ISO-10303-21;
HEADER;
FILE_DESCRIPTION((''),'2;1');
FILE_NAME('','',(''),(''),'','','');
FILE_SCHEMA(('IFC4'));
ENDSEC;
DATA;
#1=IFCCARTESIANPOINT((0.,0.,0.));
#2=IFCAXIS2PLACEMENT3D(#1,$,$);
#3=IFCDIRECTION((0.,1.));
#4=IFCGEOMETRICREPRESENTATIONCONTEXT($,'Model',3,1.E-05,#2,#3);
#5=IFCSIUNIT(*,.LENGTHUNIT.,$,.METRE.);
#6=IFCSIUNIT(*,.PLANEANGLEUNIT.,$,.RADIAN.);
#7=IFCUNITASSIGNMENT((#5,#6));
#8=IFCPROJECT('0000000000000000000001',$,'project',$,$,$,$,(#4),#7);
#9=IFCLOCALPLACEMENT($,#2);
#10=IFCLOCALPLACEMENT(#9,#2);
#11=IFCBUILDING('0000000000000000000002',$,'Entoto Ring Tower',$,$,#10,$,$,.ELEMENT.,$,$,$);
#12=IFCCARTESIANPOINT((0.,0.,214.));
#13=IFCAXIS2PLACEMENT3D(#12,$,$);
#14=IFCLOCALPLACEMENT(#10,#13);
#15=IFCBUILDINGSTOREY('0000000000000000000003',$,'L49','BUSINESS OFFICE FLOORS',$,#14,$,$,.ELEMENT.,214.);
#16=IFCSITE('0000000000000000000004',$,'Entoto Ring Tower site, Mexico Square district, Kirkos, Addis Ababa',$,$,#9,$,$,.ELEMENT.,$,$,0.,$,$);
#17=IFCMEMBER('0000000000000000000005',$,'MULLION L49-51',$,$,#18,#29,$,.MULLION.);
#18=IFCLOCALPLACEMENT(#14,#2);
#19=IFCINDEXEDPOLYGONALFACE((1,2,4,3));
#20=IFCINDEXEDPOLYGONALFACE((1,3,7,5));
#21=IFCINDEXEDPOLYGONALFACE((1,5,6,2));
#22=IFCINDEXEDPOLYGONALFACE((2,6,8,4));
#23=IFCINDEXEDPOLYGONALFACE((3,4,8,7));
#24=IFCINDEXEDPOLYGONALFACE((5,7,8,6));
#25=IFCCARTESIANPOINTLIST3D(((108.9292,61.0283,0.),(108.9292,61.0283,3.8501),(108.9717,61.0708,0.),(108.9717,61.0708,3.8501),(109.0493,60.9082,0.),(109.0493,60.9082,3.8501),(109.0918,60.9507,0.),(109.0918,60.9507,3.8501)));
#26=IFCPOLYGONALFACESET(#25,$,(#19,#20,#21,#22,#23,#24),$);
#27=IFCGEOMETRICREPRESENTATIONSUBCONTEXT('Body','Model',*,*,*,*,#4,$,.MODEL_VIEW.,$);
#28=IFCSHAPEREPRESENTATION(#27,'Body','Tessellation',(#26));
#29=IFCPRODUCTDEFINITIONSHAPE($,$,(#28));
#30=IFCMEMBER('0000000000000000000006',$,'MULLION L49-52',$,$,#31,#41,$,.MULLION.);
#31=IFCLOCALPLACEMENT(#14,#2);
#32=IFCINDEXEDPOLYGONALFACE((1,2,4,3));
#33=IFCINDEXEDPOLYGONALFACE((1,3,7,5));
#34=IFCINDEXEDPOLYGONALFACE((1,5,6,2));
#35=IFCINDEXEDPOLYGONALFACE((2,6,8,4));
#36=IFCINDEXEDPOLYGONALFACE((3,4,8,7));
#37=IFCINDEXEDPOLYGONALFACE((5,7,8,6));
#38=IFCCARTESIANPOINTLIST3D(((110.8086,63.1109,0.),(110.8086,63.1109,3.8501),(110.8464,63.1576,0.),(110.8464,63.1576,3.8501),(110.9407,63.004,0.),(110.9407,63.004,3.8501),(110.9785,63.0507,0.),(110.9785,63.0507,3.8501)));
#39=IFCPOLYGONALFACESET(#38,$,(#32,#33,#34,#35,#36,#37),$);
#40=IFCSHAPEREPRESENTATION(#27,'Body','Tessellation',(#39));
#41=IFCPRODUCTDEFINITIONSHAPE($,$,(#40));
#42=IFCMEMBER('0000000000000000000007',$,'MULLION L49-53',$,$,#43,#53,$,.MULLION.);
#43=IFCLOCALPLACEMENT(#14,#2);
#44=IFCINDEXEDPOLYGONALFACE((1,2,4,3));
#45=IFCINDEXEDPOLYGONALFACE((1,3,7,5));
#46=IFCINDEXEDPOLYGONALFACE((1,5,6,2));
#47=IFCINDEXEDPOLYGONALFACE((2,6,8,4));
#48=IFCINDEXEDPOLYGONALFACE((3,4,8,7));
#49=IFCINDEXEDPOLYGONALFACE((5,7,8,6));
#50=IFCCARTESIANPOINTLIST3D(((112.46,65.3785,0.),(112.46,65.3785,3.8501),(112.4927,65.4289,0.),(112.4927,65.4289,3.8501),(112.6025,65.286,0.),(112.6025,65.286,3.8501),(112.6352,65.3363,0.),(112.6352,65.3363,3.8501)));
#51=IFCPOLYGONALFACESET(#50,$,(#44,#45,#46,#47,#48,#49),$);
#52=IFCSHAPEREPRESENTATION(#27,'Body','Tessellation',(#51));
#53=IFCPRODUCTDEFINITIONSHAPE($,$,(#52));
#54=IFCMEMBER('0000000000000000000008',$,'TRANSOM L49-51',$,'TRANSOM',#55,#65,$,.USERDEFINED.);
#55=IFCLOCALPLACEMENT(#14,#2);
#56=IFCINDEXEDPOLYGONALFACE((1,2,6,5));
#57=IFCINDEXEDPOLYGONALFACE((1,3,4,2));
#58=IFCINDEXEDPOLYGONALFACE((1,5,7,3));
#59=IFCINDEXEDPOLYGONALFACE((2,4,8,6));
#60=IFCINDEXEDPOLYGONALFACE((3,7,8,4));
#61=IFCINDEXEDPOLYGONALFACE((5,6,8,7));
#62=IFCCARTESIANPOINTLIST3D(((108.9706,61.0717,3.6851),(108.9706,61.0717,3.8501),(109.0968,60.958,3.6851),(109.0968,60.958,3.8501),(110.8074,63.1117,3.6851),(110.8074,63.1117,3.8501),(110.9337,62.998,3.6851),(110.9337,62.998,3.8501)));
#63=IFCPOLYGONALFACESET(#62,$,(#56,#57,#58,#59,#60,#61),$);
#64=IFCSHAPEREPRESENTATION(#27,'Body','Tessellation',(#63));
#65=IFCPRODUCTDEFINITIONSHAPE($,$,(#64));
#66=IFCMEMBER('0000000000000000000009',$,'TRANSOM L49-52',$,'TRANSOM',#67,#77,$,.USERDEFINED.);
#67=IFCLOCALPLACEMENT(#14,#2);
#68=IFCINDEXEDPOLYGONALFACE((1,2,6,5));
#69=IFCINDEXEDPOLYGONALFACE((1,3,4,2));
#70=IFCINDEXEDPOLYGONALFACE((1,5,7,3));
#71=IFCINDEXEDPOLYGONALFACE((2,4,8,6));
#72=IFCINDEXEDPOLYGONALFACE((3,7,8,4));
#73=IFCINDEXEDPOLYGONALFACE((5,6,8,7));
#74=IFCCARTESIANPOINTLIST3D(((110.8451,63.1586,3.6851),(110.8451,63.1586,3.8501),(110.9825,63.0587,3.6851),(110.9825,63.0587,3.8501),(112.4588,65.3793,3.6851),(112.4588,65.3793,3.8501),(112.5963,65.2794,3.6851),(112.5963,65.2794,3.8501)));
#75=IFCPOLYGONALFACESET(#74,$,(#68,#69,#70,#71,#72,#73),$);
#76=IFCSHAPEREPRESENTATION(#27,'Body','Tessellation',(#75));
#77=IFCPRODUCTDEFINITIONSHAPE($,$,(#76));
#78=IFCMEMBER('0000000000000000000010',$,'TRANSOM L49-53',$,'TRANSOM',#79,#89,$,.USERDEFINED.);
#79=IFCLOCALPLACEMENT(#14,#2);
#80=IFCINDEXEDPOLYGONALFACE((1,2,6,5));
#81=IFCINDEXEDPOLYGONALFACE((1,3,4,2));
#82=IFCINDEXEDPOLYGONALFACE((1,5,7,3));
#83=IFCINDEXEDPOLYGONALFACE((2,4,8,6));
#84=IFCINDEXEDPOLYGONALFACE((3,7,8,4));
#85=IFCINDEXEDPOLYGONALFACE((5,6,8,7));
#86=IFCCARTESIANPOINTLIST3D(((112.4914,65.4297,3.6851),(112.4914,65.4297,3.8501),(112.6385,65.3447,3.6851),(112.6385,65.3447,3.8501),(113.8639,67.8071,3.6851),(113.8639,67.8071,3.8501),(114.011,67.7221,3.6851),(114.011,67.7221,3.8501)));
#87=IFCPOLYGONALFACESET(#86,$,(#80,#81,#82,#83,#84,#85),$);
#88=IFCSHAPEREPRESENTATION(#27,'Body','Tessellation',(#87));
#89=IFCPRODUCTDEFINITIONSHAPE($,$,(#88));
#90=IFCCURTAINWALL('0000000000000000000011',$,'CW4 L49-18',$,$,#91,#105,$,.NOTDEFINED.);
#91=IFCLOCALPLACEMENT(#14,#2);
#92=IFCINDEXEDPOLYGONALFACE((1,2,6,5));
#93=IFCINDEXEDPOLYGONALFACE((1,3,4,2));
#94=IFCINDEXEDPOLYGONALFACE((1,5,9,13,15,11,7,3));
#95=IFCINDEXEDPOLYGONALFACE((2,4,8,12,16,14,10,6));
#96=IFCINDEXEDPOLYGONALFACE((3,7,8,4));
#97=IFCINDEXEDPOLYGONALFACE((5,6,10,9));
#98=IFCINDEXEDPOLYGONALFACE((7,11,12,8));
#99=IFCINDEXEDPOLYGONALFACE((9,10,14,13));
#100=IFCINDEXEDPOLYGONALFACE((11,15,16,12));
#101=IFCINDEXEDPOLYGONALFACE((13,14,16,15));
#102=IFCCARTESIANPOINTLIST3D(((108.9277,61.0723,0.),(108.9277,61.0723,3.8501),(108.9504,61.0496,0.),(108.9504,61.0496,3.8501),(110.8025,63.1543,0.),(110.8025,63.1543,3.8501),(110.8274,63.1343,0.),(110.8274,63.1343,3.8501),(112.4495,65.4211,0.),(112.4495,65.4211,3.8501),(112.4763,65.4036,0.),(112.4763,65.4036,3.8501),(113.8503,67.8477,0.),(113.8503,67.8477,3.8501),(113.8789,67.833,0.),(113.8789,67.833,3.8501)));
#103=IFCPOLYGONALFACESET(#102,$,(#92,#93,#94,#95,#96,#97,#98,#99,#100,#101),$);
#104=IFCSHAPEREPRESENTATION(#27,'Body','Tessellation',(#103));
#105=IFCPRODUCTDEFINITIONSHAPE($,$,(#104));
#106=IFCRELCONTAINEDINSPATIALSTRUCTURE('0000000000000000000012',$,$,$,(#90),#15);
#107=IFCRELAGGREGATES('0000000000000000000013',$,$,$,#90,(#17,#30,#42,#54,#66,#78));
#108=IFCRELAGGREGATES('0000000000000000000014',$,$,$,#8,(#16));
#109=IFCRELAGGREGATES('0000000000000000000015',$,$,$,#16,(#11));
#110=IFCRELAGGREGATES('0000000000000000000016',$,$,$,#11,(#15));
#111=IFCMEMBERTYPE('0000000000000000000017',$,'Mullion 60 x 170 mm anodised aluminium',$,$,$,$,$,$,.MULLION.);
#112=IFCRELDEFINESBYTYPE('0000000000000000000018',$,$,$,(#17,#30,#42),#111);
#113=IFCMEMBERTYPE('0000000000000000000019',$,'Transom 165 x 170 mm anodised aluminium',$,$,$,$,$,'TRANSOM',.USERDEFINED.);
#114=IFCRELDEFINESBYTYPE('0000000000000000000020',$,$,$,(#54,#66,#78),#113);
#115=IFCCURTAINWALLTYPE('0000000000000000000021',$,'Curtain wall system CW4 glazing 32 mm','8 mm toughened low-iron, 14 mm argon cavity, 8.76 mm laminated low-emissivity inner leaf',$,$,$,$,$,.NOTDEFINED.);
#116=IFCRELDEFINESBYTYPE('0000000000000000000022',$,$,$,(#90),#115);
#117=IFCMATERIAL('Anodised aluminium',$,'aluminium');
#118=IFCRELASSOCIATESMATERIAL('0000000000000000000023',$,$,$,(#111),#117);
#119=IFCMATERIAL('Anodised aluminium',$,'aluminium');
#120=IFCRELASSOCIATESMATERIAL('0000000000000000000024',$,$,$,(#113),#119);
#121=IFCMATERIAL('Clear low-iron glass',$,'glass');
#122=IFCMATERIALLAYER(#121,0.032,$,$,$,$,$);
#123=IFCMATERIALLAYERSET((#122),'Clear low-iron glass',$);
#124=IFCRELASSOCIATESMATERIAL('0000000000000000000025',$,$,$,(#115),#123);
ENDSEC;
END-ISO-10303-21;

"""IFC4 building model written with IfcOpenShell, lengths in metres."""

from ifc_helpers import new_model, si_unit, direction, frame, origin, origin_2d, place, context, subcontext, project, spatial, polyline, rectangle, outline, extrude, material, layer, layer_set, material_profile, profile_set, type_object, element, aggregate, save


model = new_model("IFC4")

# Units and contexts
model_context = context("Model", 3, precision=1e-05, world=origin(), true_north=direction((0.0, 1.0)))
body_context = subcontext(model_context, "Body", "Model", "MODEL_VIEW")
ifc_project = project(units=[si_unit("LENGTHUNIT", "METRE"), si_unit("PLANEANGLEUNIT", "RADIAN")], contexts=[model_context])

# Members
ifc_material_1 = material(Name="Anodised aluminium", Category="aluminium")
ifc_material_profile_1 = material_profile(ifc_material_1, rectangle(XDim=0.0601, YDim=0.1699, at=origin_2d()), Name="Mullion 60 x 170 mm anodised aluminium")
ifc_profile_set_1 = profile_set([ifc_material_profile_1], Name="Anodised aluminium")
member_type_1 = type_object("IfcMemberType", Name="Mullion 60 x 170 mm anodised aluminium", PredefinedType="MULLION", material=ifc_profile_set_1)
site_placement = place(None, origin())
building_placement = place(site_placement, origin())
storey_placement = place(building_placement, frame((0.0, 0.0, 214.0)))
member_1_placement = place(storey_placement, frame((109.0105, 60.9895, 0.0), z_axis=(0.0, 0.0, 1.0), x_axis=(0.707107, 0.707107, 0.0)))
member_1 = element("IfcMember", 1, at=member_1_placement, type_object=member_type_1, Name="MULLION L49-51", PredefinedType="MULLION", context=body_context, shape_type="SweptSolid", body=[
    extrude(rectangle(XDim=0.0601, YDim=0.1699, at=origin_2d()), origin(), (0.0, 0.0, 1.0), 3.8501),
])
member_2_placement = place(storey_placement, frame((110.8936, 63.0808, 0.0), z_axis=(0.0, 0.0, 1.0), x_axis=(0.62932, 0.777146, 0.0)))
member_2 = element("IfcMember", 2, at=member_2_placement, type_object=member_type_1, Name="MULLION L49-52", PredefinedType="MULLION", context=body_context, shape_type="SweptSolid", body=[
    extrude(rectangle(XDim=0.0601, YDim=0.1699, at=origin_2d()), origin(), (0.0, 0.0, 1.0), 3.8501),
])
member_3_placement = place(storey_placement, frame((112.5476, 65.3574, 0.0), z_axis=(0.0, 0.0, 1.0), x_axis=(0.544639, 0.838671, 0.0)))
member_3 = element("IfcMember", 3, at=member_3_placement, type_object=member_type_1, Name="MULLION L49-53", PredefinedType="MULLION", context=body_context, shape_type="SweptSolid", body=[
    extrude(rectangle(XDim=0.0601, YDim=0.1699, at=origin_2d()), origin(), (0.0, 0.0, 1.0), 3.8501),
])
ifc_material_2 = material(Name="Anodised aluminium", Category="aluminium")
ifc_material_profile_2 = material_profile(ifc_material_2, rectangle(XDim=0.1699, YDim=0.165, at=origin_2d()), Name="Transom 165 x 170 mm anodised aluminium")
ifc_profile_set_2 = profile_set([ifc_material_profile_2], Name="Anodised aluminium")
member_type_2 = type_object("IfcMemberType", Name="Transom 165 x 170 mm anodised aluminium", ElementType="TRANSOM", PredefinedType="USERDEFINED", material=ifc_profile_set_2)
member_4_placement = place(storey_placement, frame((109.0337, 61.0149, 3.7676), z_axis=(0.669142, 0.743135, 0.0), x_axis=(-0.743135, 0.669142, 0.0)))
member_4 = element("IfcMember", 4, at=member_4_placement, type_object=member_type_2, Name="TRANSOM L49-51", ObjectType="TRANSOM", PredefinedType="USERDEFINED", context=body_context, shape_type="SweptSolid", body=[
    extrude(rectangle(XDim=0.1699, YDim=0.165, at=origin_2d()), origin(), (0.0, 0.0, 1.0), 2.7451),
])
member_5_placement = place(storey_placement, frame((110.9138, 63.1086, 3.7676), z_axis=(0.587865, 0.808959, 0.0), x_axis=(-0.808959, 0.587865, 0.0)))
member_5 = element("IfcMember", 5, at=member_5_placement, type_object=member_type_2, Name="TRANSOM L49-52", ObjectType="TRANSOM", PredefinedType="USERDEFINED", context=body_context, shape_type="SweptSolid", body=[
    extrude(rectangle(XDim=0.1699, YDim=0.165, at=origin_2d()), origin(), (0.0, 0.0, 1.0), 2.7451),
])
member_6_placement = place(storey_placement, frame((112.5649, 65.3872, 3.7676), z_axis=(0.499984, 0.866035, 0.0), x_axis=(-0.866035, 0.499984, 0.0)))
member_6 = element("IfcMember", 6, at=member_6_placement, type_object=member_type_2, Name="TRANSOM L49-53", ObjectType="TRANSOM", PredefinedType="USERDEFINED", context=body_context, shape_type="SweptSolid", body=[
    extrude(rectangle(XDim=0.1699, YDim=0.165, at=origin_2d()), origin(), (0.0, 0.0, 1.0), 2.7451),
])

# Site, building, storey
site = spatial("IfcSite", under=ifc_project, at=site_placement, Name="Entoto Ring Tower site, Mexico Square district, Kirkos, Addis Ababa", CompositionType="ELEMENT", RefElevation=0.0)
building = spatial("IfcBuilding", under=site, at=building_placement, Name="Entoto Ring Tower", CompositionType="ELEMENT")
storey = spatial("IfcBuildingStorey", under=building, at=storey_placement, Name="L49", Description="BUSINESS OFFICE FLOORS", CompositionType="ELEMENT", Elevation=214.0)

# Curtain wall
ifc_material_3 = material(Name="Clear low-iron glass", Category="glass")
ifc_layer_1 = layer(ifc_material_3, 0.032)
ifc_layer_set_1 = layer_set([ifc_layer_1], Name="Clear low-iron glass")
curtain_wall_type = type_object("IfcCurtainWallType", Name="Curtain wall system CW4 glazing 32 mm", Description="8 mm toughened low-iron, 14 mm argon cavity, 8.76 mm laminated low-emissivity inner leaf", PredefinedType="NOTDEFINED", material=ifc_layer_set_1)
curtain_wall_1_placement = place(storey_placement, origin())
curtain_wall_1 = element("IfcCurtainWall", 7, at=curtain_wall_1_placement, inside=storey, type_object=curtain_wall_type, Name="CW4 L49-18", PredefinedType="NOTDEFINED", context=body_context, shape_type="SweptSolid", body=[
    extrude(outline(polyline([(108.9504, 61.0496), (110.8274, 63.1343), (112.4763, 65.4036), (113.8789, 67.833), (113.8503, 67.8477), (112.4495, 65.4211), (110.8025, 63.1543), (108.9277, 61.0723), (108.9504, 61.0496)])), origin(), (0.0, 0.0, 1.0), 3.8501),
])
aggregate(curtain_wall_1, [member_1, member_2, member_3, member_4, member_5, member_6])

save(model, "model.ifc")
